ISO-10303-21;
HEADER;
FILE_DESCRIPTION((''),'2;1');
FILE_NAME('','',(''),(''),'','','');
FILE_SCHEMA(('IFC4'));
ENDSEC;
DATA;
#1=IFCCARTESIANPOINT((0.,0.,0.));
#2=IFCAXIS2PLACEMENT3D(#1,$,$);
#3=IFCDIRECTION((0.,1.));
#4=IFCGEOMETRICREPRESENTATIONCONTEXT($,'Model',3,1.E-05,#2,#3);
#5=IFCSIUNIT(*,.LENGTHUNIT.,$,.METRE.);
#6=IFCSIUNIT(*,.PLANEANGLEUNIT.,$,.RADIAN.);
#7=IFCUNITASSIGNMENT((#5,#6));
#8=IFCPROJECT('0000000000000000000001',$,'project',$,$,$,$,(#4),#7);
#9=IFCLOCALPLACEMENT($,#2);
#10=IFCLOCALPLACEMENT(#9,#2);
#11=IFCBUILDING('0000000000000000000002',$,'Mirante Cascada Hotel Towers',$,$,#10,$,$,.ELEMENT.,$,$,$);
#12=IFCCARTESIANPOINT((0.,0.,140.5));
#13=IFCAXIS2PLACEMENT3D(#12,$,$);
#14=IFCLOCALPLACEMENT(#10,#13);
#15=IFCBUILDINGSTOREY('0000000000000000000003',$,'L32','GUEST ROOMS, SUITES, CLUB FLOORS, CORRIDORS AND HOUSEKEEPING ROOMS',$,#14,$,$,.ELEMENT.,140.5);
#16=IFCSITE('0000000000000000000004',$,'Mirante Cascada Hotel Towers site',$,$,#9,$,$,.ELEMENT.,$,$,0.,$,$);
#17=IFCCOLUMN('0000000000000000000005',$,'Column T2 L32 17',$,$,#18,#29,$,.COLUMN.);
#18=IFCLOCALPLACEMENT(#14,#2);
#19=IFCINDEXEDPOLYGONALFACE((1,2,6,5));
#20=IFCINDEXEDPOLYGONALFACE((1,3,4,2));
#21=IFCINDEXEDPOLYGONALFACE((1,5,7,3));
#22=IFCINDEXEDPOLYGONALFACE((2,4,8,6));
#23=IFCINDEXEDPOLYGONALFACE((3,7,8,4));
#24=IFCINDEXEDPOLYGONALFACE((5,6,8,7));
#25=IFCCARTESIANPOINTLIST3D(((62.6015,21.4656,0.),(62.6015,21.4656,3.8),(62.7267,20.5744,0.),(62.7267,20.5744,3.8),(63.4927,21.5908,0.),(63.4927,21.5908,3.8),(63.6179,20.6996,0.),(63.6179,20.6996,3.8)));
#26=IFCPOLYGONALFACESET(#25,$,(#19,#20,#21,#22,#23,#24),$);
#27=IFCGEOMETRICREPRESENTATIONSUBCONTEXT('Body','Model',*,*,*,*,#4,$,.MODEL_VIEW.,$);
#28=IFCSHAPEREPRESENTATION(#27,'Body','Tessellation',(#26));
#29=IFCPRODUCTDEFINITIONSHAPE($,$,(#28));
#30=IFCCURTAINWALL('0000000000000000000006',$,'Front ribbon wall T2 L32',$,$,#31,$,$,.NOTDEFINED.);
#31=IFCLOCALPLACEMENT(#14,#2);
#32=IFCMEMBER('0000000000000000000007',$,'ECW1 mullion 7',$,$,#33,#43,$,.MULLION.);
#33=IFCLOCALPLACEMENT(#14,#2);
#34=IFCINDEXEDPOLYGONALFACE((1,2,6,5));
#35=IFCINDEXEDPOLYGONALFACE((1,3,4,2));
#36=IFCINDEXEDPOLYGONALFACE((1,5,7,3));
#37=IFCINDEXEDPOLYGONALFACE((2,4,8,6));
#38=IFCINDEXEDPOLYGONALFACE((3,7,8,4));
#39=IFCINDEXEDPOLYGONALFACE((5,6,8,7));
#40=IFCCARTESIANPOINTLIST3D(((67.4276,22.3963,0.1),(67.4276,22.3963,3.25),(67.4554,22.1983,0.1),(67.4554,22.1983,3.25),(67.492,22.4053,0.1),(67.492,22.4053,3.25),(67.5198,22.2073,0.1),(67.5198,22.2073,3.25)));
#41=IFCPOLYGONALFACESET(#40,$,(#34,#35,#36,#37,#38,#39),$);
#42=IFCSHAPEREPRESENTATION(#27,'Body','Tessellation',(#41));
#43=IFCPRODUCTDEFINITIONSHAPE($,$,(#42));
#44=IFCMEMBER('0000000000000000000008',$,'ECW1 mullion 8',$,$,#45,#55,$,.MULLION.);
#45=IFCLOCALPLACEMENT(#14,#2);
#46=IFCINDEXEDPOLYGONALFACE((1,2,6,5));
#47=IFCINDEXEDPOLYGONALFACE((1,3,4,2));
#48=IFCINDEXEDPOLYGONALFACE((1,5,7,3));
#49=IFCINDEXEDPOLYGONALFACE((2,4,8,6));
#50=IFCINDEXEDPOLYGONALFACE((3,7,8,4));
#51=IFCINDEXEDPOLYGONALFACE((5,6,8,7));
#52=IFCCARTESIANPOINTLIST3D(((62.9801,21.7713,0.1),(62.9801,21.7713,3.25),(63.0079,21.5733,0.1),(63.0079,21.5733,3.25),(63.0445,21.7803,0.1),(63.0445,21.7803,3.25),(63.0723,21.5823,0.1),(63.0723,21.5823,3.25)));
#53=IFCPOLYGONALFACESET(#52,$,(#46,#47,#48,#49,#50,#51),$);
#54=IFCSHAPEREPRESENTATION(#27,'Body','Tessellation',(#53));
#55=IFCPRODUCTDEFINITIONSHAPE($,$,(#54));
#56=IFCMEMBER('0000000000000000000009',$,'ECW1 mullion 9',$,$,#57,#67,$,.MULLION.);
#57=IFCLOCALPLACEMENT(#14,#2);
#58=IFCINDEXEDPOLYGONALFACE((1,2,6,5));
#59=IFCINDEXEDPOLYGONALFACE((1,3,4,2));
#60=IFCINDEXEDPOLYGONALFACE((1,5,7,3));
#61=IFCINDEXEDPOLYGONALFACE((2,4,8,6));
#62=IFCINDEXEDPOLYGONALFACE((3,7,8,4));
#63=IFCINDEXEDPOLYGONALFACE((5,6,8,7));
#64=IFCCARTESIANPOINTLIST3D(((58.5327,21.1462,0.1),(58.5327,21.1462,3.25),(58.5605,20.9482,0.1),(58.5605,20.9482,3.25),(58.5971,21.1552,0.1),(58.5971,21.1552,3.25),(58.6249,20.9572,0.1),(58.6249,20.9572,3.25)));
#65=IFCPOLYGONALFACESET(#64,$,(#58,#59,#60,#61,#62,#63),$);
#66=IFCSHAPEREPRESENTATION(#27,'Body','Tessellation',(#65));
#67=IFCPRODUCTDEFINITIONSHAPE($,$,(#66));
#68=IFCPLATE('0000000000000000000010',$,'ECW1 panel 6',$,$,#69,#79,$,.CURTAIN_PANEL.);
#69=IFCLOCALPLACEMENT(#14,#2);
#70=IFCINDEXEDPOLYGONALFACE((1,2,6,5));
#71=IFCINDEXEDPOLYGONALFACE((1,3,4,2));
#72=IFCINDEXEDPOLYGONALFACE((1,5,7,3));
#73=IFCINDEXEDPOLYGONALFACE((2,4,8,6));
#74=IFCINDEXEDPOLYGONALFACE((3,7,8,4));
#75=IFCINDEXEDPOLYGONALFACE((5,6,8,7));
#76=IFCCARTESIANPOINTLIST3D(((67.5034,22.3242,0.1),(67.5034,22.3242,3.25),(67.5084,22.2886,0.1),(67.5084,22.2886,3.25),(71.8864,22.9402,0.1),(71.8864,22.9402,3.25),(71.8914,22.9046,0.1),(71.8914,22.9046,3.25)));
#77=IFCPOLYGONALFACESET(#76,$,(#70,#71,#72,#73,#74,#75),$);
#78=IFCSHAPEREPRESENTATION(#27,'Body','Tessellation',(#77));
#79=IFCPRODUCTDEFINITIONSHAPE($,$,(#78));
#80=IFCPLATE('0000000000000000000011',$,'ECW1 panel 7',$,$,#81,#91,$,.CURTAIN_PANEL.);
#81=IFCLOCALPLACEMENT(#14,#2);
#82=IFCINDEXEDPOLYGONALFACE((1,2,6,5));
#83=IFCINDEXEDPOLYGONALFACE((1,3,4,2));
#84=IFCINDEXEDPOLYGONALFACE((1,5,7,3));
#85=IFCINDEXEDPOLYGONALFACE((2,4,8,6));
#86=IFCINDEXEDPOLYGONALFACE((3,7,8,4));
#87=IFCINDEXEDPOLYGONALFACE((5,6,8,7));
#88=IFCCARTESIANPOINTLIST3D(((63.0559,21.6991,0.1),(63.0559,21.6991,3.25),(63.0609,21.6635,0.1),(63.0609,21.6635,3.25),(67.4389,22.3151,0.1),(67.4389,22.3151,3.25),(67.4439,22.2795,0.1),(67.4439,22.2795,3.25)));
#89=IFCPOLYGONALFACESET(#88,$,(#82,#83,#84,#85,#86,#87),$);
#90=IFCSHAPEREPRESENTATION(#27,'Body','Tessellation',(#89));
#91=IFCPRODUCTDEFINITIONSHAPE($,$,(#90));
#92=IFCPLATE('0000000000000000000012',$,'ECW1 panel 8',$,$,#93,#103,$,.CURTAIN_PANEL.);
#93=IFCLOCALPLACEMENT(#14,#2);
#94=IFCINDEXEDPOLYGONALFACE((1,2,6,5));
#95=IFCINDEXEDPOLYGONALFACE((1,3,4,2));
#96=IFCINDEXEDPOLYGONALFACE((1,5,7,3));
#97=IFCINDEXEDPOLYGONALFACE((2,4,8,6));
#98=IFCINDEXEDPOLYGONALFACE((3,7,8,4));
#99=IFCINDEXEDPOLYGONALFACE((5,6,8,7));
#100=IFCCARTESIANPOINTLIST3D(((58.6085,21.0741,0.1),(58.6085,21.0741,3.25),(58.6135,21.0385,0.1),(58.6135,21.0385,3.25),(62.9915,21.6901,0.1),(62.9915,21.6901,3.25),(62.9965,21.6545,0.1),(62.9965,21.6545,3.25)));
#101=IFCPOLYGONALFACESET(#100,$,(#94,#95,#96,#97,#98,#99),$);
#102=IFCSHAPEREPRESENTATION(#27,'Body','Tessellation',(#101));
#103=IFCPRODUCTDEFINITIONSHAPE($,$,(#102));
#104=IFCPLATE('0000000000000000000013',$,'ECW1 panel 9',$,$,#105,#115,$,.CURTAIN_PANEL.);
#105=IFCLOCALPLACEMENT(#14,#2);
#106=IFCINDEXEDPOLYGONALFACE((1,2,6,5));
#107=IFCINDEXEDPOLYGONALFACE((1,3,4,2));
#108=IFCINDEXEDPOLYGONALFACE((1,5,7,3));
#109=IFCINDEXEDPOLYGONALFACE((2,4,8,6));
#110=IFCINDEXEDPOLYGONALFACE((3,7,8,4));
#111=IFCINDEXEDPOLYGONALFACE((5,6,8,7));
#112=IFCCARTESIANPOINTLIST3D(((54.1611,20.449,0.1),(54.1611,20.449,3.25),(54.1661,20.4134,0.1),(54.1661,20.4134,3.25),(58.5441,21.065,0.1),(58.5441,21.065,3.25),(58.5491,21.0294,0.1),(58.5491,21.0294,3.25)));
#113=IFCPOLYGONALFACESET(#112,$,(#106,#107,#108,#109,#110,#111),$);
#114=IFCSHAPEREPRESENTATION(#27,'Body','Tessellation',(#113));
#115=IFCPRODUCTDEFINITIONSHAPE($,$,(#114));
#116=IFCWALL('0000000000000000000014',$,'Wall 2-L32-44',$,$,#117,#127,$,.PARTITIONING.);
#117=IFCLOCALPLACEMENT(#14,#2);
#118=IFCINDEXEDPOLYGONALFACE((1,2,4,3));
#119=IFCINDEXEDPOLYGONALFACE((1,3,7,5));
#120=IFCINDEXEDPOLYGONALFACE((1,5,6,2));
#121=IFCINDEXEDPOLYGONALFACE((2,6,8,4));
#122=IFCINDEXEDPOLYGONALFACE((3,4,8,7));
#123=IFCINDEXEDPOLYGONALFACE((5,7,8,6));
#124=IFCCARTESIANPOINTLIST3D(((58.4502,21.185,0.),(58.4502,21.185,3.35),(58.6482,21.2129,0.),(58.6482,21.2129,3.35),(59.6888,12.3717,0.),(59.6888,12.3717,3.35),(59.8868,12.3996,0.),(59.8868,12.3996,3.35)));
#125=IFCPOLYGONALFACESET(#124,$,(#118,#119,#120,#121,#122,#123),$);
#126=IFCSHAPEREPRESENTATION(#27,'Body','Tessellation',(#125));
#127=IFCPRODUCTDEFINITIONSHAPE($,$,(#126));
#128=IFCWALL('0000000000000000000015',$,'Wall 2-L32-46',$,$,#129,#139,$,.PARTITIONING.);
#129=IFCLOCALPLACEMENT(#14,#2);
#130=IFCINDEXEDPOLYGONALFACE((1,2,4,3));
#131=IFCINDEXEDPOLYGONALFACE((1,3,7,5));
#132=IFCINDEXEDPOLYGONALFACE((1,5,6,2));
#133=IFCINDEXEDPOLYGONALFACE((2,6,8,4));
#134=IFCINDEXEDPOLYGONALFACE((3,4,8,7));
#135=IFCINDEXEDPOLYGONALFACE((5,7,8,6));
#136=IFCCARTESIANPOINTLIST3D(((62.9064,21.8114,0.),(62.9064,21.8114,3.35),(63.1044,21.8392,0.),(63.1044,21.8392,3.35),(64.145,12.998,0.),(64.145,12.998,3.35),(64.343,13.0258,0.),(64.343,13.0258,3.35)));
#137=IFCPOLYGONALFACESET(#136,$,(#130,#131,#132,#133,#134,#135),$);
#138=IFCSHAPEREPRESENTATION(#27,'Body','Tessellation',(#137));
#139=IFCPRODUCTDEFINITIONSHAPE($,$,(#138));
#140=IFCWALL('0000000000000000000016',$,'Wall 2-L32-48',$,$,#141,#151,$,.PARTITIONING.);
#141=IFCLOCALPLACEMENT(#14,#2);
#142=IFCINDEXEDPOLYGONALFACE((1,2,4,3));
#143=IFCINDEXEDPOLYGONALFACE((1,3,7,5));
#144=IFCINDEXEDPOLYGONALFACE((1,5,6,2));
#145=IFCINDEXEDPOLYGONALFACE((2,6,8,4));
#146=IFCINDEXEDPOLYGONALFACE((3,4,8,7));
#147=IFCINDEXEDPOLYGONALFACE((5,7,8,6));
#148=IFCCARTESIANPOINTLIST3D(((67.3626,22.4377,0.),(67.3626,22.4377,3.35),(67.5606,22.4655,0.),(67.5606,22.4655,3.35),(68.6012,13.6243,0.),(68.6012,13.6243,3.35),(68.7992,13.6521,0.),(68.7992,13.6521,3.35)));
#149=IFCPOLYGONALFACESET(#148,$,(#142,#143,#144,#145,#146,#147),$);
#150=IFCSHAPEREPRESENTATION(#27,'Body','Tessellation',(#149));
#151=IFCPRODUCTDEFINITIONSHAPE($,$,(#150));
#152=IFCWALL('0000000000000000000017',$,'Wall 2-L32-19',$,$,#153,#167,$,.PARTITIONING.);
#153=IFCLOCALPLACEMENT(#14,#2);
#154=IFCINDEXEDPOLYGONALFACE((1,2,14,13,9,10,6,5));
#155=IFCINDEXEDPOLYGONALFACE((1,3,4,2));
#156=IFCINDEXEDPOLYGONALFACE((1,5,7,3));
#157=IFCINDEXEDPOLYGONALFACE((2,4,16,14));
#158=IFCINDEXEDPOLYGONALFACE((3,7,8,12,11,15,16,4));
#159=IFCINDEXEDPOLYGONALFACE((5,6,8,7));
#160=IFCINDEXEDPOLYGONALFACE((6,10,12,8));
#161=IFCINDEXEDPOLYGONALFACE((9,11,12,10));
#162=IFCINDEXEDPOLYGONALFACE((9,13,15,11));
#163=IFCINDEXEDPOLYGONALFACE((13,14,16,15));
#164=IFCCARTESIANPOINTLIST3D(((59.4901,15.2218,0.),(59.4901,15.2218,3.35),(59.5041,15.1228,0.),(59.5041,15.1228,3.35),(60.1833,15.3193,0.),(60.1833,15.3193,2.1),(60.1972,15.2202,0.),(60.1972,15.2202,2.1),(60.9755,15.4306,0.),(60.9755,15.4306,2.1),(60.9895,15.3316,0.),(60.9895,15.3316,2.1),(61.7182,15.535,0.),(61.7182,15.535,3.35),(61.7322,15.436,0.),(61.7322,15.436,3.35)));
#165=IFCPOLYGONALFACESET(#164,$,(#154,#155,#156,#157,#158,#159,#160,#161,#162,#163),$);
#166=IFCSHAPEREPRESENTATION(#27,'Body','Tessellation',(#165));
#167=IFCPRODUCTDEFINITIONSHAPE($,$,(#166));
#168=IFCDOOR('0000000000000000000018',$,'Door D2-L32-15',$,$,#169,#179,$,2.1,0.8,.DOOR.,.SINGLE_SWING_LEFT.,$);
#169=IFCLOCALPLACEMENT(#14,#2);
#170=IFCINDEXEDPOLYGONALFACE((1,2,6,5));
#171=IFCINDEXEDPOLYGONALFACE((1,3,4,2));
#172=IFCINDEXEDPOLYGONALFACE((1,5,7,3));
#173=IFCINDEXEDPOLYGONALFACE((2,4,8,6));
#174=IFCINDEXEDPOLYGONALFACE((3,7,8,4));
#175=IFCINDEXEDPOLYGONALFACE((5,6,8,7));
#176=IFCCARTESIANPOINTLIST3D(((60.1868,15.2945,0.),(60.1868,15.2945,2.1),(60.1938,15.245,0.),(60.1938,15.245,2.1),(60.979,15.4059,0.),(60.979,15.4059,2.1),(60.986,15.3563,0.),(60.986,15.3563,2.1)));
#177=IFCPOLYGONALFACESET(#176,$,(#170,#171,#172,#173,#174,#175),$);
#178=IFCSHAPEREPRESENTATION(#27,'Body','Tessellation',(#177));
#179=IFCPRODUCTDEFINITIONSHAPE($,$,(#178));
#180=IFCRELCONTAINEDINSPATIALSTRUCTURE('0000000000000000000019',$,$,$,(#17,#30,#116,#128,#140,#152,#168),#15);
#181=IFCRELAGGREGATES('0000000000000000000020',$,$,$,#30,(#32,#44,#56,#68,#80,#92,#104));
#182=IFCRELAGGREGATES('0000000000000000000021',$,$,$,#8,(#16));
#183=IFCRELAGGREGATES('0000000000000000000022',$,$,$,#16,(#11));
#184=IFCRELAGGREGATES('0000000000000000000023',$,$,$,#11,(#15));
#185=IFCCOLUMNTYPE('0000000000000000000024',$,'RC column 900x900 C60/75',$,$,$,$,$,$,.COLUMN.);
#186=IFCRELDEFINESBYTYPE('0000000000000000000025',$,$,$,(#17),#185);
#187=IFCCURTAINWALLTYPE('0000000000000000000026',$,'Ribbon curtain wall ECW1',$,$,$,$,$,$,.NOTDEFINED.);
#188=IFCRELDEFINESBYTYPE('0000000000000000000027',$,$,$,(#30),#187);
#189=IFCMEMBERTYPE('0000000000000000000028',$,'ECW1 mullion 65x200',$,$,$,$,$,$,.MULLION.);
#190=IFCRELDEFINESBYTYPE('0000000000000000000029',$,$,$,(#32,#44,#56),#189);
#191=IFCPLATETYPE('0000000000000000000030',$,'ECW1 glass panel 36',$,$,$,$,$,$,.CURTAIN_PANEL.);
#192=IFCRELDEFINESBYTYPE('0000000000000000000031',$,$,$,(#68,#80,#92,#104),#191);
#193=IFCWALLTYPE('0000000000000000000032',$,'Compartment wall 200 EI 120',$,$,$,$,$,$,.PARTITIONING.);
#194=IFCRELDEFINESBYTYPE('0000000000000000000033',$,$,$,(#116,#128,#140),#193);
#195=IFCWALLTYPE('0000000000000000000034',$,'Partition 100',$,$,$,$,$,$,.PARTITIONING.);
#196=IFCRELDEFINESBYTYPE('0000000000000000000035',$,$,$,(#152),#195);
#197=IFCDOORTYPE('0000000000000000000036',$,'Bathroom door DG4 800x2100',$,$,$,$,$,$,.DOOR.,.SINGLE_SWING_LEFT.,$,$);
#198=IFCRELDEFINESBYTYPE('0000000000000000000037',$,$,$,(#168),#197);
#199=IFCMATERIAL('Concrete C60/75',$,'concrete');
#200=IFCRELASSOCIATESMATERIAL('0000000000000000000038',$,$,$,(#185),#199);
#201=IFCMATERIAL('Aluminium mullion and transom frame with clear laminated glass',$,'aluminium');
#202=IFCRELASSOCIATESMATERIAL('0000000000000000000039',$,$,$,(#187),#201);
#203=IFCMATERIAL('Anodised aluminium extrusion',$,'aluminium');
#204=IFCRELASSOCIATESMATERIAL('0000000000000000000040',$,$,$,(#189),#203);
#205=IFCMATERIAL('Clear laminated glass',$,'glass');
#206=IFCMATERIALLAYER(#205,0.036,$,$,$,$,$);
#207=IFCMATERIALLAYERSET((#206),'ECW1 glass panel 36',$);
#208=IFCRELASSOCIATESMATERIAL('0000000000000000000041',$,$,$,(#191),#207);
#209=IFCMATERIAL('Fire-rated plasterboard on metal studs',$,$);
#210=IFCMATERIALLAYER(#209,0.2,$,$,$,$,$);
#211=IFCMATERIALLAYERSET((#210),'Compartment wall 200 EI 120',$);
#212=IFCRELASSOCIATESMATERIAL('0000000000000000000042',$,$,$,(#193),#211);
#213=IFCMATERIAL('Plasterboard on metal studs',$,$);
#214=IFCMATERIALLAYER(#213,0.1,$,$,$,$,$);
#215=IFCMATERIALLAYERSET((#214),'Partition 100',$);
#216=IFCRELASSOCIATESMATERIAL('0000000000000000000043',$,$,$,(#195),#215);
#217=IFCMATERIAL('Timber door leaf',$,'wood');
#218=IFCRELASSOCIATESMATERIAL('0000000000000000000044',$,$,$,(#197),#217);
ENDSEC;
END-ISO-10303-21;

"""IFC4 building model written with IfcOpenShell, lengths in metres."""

from ifc_helpers import new_model, si_unit, direction, frame, frame_2d, origin, origin_2d, place, context, subcontext, project, spatial, rectangle, extrude, material, layer, layer_set, material_profile, profile_set, type_object, element, fill, aggregate, save


model = new_model("IFC4")

# Units and contexts
model_context = context("Model", 3, precision=1e-05, world=origin(), true_north=direction((0.0, 1.0)))
body_context = subcontext(model_context, "Body", "Model", "MODEL_VIEW")
ifc_project = project(units=[si_unit("LENGTHUNIT", "METRE"), si_unit("PLANEANGLEUNIT", "RADIAN")], contexts=[model_context])

# Site, building, storey
site_placement = place(None, origin())
site = spatial("IfcSite", under=ifc_project, at=site_placement, Name="Mirante Cascada Hotel Towers site", CompositionType="ELEMENT", RefElevation=0.0)
building_placement = place(site_placement, origin())
building = spatial("IfcBuilding", under=site, at=building_placement, Name="Mirante Cascada Hotel Towers", CompositionType="ELEMENT")
storey_placement = place(building_placement, frame((0.0, 0.0, 140.5)))
storey = spatial("IfcBuildingStorey", under=building, at=storey_placement, Name="L32", Description="GUEST ROOMS, SUITES, CLUB FLOORS, CORRIDORS AND HOUSEKEEPING ROOMS", CompositionType="ELEMENT", Elevation=140.5)

# Column
ifc_material_1 = material(Name="Concrete C60/75", Category="concrete")
ifc_material_profile_1 = material_profile(ifc_material_1, rectangle(XDim=0.9, YDim=0.9, at=origin_2d()), Name="RC column 900x900 C60/75")
ifc_profile_set_1 = profile_set([ifc_material_profile_1], Name="Concrete C60/75")
column_type = type_object("IfcColumnType", Name="RC column 900x900 C60/75", PredefinedType="COLUMN", material=ifc_profile_set_1)
column_placement = place(storey_placement, frame((63.1097, 21.0826, 0.0), z_axis=(0.0, 0.0, 1.0), x_axis=(0.990268, 0.139173, 0.0)))
element("IfcColumn", 1, at=column_placement, inside=storey, type_object=column_type, Name="Column T2 L32 17", PredefinedType="COLUMN", context=body_context, shape_type="SweptSolid", body=[
    extrude(rectangle(XDim=0.9, YDim=0.9, at=origin_2d()), origin(), (0.0, 0.0, 1.0), 3.8),
])

# Curtain wall, members, plates
ifc_material_2 = material(Name="Aluminium mullion and transom frame with clear laminated glass", Category="aluminium")
curtain_wall_type = type_object("IfcCurtainWallType", Name="Ribbon curtain wall ECW1", PredefinedType="NOTDEFINED", material=ifc_material_2)
curtain_wall_placement = place(storey_placement, origin())
curtain_wall = element("IfcCurtainWall", 2, at=curtain_wall_placement, inside=storey, type_object=curtain_wall_type, Name="Front ribbon wall T2 L32", PredefinedType="NOTDEFINED")
ifc_material_3 = material(Name="Anodised aluminium extrusion", Category="aluminium")
ifc_material_profile_2 = material_profile(ifc_material_3, rectangle(XDim=0.2, YDim=0.065, at=origin_2d()), Name="ECW1 MULLION 65x200")
ifc_profile_set_2 = profile_set([ifc_material_profile_2], Name="Anodised aluminium extrusion")
member_type = type_object("IfcMemberType", Name="ECW1 mullion 65x200", PredefinedType="MULLION", material=ifc_profile_set_2)
member_1_placement = place(storey_placement, frame((67.4737, 22.3018, 0.1), z_axis=(0.0, 0.0, 1.0), x_axis=(0.139173, -0.990268, 0.0)))
member_1 = element("IfcMember", 3, at=member_1_placement, type_object=member_type, Name="ECW1 mullion 7", PredefinedType="MULLION", context=body_context, shape_type="SweptSolid", body=[
    extrude(rectangle(XDim=0.2, YDim=0.065, at=origin_2d()), origin(), (0.0, 0.0, 1.0), 3.15),
])
member_2_placement = place(storey_placement, frame((63.0262, 21.6768, 0.1), z_axis=(0.0, 0.0, 1.0), x_axis=(0.139173, -0.990268, 0.0)))
member_2 = element("IfcMember", 4, at=member_2_placement, type_object=member_type, Name="ECW1 mullion 8", PredefinedType="MULLION", context=body_context, shape_type="SweptSolid", body=[
    extrude(rectangle(XDim=0.2, YDim=0.065, at=origin_2d()), origin(), (0.0, 0.0, 1.0), 3.15),
])
member_3_placement = place(storey_placement, frame((58.5788, 21.0517, 0.1), z_axis=(0.0, 0.0, 1.0), x_axis=(0.139173, -0.990268, 0.0)))
member_3 = element("IfcMember", 5, at=member_3_placement, type_object=member_type, Name="ECW1 mullion 9", PredefinedType="MULLION", context=body_context, shape_type="SweptSolid", body=[
    extrude(rectangle(XDim=0.2, YDim=0.065, at=origin_2d()), origin(), (0.0, 0.0, 1.0), 3.15),
])
ifc_material_4 = material(Name="Clear laminated glass", Category="glass")
ifc_layer_1 = layer(ifc_material_4, 0.036)
ifc_layer_set_1 = layer_set([ifc_layer_1], Name="ECW1 glass panel 36")
plate_type = type_object("IfcPlateType", Name="ECW1 glass panel 36", PredefinedType="CURTAIN_PANEL", material=ifc_layer_set_1)
plate_1_placement = place(storey_placement, frame((69.6974, 22.6144, 0.1), z_axis=(0.0, 0.0, 1.0), x_axis=(-0.990268, -0.139173, 0.0)))
plate_1 = element("IfcPlate", 6, at=plate_1_placement, type_object=plate_type, Name="ECW1 panel 6", PredefinedType="CURTAIN_PANEL", context=body_context, shape_type="SweptSolid", body=[
    extrude(rectangle(XDim=4.4261, YDim=0.036, at=origin_2d()), origin(), (0.0, 0.0, 1.0), 3.15),
])
plate_2_placement = place(storey_placement, frame((65.2499, 21.9893, 0.1), z_axis=(0.0, 0.0, 1.0), x_axis=(-0.990268, -0.139173, 0.0)))
plate_2 = element("IfcPlate", 7, at=plate_2_placement, type_object=plate_type, Name="ECW1 panel 7", PredefinedType="CURTAIN_PANEL", context=body_context, shape_type="SweptSolid", body=[
    extrude(rectangle(XDim=4.4261, YDim=0.036, at=origin_2d()), origin(), (0.0, 0.0, 1.0), 3.15),
])
plate_3_placement = place(storey_placement, frame((60.8025, 21.3643, 0.1), z_axis=(0.0, 0.0, 1.0), x_axis=(-0.990268, -0.139173, 0.0)))
plate_3 = element("IfcPlate", 8, at=plate_3_placement, type_object=plate_type, Name="ECW1 panel 8", PredefinedType="CURTAIN_PANEL", context=body_context, shape_type="SweptSolid", body=[
    extrude(rectangle(XDim=4.4261, YDim=0.036, at=origin_2d()), origin(), (0.0, 0.0, 1.0), 3.15),
])
plate_4_placement = place(storey_placement, frame((56.3551, 20.7392, 0.1), z_axis=(0.0, 0.0, 1.0), x_axis=(-0.990268, -0.139173, 0.0)))
plate_4 = element("IfcPlate", 9, at=plate_4_placement, type_object=plate_type, Name="ECW1 panel 9", PredefinedType="CURTAIN_PANEL", context=body_context, shape_type="SweptSolid", body=[
    extrude(rectangle(XDim=4.4261, YDim=0.036, at=origin_2d()), origin(), (0.0, 0.0, 1.0), 3.15),
])
aggregate(curtain_wall, [member_1, member_2, member_3, plate_1, plate_2, plate_3, plate_4])

# Walls
ifc_material_5 = material(Name="Fire-rated plasterboard on metal studs")
ifc_layer_2 = layer(ifc_material_5, 0.2)
ifc_layer_set_2 = layer_set([ifc_layer_2], Name="Compartment wall 200 EI 120")
wall_type_1 = type_object("IfcWallType", Name="Compartment wall 200 EI 120", PredefinedType="PARTITIONING", material=ifc_layer_set_2)
wall_1_placement = place(storey_placement, frame((58.5492, 21.199, 0.0), z_axis=(0.0, 0.0, 1.0), x_axis=(0.13917, -0.990268, 0.0)))
element("IfcWall", 10, at=wall_1_placement, inside=storey, type_object=wall_type_1, Name="Wall 2-L32-44", PredefinedType="PARTITIONING", context=body_context, shape_type="SweptSolid", body=[
    extrude(rectangle(XDim=8.8999, YDim=0.2, at=frame_2d((4.45, 0.0))), origin(), (0.0, 0.0, 1.0), 3.35),
])
for number, where, z_axis, x_axis, name in (
    (11, (63.0054, 21.8253, 0.0), (0.0, 0.0, 1.0), (0.139168, -0.990269, 0.0), "Wall 2-L32-46"),
    (12, (67.4616, 22.4516, 0.0), (0.0, 0.0, 1.0), (0.139168, -0.990269, 0.0), "Wall 2-L32-48"),
):
    element("IfcWall", number, at=place(storey_placement, frame(where, z_axis=z_axis, x_axis=x_axis)), inside=storey, type_object=wall_type_1, Name=name, PredefinedType="PARTITIONING", context=body_context, shape_type="SweptSolid", body=[
        extrude(rectangle(XDim=8.9, YDim=0.2, at=frame_2d((4.45, 0.0))), origin(), (0.0, 0.0, 1.0), 3.35),
    ])

# Wall, opening, door
ifc_material_6 = material(Name="Plasterboard on metal studs")
ifc_layer_3 = layer(ifc_material_6, 0.1)
ifc_layer_set_3 = layer_set([ifc_layer_3], Name="Partition 100")
wall_type_2 = type_object("IfcWallType", Name="Partition 100", PredefinedType="PARTITIONING", material=ifc_layer_set_3)
wall_2_placement = place(storey_placement, frame((59.4971, 15.1723, 0.0), z_axis=(0.0, 0.0, 1.0), x_axis=(0.990264, 0.1392, 0.0)))
wall_2 = element("IfcWall", 13, at=wall_2_placement, inside=storey, type_object=wall_type_2, Name="Wall 2-L32-19", PredefinedType="PARTITIONING", context=body_context, shape_type="SweptSolid", body=[
    extrude(rectangle(XDim=2.25, YDim=0.1, at=frame_2d((1.125, 0.0))), origin(), (0.0, 0.0, 1.0), 3.35),
])
opening_1_placement = place(wall_2_placement, frame((0.7, 0.0, 0.0)))
opening_1 = element("IfcOpeningElement", 14, at=opening_1_placement, cuts=wall_2, PredefinedType="OPENING", context=body_context, shape_type="SweptSolid", body=[
    extrude(rectangle(XDim=0.8, YDim=2.1, at=frame_2d((0.4, 1.05))), frame((0.0, 0.05, 0.0), z_axis=(0.0, -1.0, 0.0), x_axis=(1.0, 0.0, 0.0)), (0.0, 0.0, 1.0), 0.1),
])
ifc_material_7 = material(Name="Timber door leaf", Category="wood")
door_type = type_object("IfcDoorType", Name="Bathroom door DG4 800x2100", OperationType="SINGLE_SWING_LEFT", PredefinedType="DOOR", material=ifc_material_7)
door_1_placement = place(opening_1_placement, origin())
door_1 = element("IfcDoor", 15, at=door_1_placement, inside=storey, type_object=door_type, Name="Door D2-L32-15", OperationType="SINGLE_SWING_LEFT", OverallHeight=2.1, OverallWidth=0.8, PredefinedType="DOOR", context=body_context, shape_type="SweptSolid", body=[
    extrude(rectangle(XDim=0.8, YDim=2.1, at=frame_2d((0.4, 1.05))), frame((0.0, 0.025, 0.0), z_axis=(0.0, -1.0, 0.0), x_axis=(1.0, 0.0, 0.0)), (0.0, 0.0, 1.0), 0.05),
])
fill(opening_1, door_1)

save(model, "model.ifc")
